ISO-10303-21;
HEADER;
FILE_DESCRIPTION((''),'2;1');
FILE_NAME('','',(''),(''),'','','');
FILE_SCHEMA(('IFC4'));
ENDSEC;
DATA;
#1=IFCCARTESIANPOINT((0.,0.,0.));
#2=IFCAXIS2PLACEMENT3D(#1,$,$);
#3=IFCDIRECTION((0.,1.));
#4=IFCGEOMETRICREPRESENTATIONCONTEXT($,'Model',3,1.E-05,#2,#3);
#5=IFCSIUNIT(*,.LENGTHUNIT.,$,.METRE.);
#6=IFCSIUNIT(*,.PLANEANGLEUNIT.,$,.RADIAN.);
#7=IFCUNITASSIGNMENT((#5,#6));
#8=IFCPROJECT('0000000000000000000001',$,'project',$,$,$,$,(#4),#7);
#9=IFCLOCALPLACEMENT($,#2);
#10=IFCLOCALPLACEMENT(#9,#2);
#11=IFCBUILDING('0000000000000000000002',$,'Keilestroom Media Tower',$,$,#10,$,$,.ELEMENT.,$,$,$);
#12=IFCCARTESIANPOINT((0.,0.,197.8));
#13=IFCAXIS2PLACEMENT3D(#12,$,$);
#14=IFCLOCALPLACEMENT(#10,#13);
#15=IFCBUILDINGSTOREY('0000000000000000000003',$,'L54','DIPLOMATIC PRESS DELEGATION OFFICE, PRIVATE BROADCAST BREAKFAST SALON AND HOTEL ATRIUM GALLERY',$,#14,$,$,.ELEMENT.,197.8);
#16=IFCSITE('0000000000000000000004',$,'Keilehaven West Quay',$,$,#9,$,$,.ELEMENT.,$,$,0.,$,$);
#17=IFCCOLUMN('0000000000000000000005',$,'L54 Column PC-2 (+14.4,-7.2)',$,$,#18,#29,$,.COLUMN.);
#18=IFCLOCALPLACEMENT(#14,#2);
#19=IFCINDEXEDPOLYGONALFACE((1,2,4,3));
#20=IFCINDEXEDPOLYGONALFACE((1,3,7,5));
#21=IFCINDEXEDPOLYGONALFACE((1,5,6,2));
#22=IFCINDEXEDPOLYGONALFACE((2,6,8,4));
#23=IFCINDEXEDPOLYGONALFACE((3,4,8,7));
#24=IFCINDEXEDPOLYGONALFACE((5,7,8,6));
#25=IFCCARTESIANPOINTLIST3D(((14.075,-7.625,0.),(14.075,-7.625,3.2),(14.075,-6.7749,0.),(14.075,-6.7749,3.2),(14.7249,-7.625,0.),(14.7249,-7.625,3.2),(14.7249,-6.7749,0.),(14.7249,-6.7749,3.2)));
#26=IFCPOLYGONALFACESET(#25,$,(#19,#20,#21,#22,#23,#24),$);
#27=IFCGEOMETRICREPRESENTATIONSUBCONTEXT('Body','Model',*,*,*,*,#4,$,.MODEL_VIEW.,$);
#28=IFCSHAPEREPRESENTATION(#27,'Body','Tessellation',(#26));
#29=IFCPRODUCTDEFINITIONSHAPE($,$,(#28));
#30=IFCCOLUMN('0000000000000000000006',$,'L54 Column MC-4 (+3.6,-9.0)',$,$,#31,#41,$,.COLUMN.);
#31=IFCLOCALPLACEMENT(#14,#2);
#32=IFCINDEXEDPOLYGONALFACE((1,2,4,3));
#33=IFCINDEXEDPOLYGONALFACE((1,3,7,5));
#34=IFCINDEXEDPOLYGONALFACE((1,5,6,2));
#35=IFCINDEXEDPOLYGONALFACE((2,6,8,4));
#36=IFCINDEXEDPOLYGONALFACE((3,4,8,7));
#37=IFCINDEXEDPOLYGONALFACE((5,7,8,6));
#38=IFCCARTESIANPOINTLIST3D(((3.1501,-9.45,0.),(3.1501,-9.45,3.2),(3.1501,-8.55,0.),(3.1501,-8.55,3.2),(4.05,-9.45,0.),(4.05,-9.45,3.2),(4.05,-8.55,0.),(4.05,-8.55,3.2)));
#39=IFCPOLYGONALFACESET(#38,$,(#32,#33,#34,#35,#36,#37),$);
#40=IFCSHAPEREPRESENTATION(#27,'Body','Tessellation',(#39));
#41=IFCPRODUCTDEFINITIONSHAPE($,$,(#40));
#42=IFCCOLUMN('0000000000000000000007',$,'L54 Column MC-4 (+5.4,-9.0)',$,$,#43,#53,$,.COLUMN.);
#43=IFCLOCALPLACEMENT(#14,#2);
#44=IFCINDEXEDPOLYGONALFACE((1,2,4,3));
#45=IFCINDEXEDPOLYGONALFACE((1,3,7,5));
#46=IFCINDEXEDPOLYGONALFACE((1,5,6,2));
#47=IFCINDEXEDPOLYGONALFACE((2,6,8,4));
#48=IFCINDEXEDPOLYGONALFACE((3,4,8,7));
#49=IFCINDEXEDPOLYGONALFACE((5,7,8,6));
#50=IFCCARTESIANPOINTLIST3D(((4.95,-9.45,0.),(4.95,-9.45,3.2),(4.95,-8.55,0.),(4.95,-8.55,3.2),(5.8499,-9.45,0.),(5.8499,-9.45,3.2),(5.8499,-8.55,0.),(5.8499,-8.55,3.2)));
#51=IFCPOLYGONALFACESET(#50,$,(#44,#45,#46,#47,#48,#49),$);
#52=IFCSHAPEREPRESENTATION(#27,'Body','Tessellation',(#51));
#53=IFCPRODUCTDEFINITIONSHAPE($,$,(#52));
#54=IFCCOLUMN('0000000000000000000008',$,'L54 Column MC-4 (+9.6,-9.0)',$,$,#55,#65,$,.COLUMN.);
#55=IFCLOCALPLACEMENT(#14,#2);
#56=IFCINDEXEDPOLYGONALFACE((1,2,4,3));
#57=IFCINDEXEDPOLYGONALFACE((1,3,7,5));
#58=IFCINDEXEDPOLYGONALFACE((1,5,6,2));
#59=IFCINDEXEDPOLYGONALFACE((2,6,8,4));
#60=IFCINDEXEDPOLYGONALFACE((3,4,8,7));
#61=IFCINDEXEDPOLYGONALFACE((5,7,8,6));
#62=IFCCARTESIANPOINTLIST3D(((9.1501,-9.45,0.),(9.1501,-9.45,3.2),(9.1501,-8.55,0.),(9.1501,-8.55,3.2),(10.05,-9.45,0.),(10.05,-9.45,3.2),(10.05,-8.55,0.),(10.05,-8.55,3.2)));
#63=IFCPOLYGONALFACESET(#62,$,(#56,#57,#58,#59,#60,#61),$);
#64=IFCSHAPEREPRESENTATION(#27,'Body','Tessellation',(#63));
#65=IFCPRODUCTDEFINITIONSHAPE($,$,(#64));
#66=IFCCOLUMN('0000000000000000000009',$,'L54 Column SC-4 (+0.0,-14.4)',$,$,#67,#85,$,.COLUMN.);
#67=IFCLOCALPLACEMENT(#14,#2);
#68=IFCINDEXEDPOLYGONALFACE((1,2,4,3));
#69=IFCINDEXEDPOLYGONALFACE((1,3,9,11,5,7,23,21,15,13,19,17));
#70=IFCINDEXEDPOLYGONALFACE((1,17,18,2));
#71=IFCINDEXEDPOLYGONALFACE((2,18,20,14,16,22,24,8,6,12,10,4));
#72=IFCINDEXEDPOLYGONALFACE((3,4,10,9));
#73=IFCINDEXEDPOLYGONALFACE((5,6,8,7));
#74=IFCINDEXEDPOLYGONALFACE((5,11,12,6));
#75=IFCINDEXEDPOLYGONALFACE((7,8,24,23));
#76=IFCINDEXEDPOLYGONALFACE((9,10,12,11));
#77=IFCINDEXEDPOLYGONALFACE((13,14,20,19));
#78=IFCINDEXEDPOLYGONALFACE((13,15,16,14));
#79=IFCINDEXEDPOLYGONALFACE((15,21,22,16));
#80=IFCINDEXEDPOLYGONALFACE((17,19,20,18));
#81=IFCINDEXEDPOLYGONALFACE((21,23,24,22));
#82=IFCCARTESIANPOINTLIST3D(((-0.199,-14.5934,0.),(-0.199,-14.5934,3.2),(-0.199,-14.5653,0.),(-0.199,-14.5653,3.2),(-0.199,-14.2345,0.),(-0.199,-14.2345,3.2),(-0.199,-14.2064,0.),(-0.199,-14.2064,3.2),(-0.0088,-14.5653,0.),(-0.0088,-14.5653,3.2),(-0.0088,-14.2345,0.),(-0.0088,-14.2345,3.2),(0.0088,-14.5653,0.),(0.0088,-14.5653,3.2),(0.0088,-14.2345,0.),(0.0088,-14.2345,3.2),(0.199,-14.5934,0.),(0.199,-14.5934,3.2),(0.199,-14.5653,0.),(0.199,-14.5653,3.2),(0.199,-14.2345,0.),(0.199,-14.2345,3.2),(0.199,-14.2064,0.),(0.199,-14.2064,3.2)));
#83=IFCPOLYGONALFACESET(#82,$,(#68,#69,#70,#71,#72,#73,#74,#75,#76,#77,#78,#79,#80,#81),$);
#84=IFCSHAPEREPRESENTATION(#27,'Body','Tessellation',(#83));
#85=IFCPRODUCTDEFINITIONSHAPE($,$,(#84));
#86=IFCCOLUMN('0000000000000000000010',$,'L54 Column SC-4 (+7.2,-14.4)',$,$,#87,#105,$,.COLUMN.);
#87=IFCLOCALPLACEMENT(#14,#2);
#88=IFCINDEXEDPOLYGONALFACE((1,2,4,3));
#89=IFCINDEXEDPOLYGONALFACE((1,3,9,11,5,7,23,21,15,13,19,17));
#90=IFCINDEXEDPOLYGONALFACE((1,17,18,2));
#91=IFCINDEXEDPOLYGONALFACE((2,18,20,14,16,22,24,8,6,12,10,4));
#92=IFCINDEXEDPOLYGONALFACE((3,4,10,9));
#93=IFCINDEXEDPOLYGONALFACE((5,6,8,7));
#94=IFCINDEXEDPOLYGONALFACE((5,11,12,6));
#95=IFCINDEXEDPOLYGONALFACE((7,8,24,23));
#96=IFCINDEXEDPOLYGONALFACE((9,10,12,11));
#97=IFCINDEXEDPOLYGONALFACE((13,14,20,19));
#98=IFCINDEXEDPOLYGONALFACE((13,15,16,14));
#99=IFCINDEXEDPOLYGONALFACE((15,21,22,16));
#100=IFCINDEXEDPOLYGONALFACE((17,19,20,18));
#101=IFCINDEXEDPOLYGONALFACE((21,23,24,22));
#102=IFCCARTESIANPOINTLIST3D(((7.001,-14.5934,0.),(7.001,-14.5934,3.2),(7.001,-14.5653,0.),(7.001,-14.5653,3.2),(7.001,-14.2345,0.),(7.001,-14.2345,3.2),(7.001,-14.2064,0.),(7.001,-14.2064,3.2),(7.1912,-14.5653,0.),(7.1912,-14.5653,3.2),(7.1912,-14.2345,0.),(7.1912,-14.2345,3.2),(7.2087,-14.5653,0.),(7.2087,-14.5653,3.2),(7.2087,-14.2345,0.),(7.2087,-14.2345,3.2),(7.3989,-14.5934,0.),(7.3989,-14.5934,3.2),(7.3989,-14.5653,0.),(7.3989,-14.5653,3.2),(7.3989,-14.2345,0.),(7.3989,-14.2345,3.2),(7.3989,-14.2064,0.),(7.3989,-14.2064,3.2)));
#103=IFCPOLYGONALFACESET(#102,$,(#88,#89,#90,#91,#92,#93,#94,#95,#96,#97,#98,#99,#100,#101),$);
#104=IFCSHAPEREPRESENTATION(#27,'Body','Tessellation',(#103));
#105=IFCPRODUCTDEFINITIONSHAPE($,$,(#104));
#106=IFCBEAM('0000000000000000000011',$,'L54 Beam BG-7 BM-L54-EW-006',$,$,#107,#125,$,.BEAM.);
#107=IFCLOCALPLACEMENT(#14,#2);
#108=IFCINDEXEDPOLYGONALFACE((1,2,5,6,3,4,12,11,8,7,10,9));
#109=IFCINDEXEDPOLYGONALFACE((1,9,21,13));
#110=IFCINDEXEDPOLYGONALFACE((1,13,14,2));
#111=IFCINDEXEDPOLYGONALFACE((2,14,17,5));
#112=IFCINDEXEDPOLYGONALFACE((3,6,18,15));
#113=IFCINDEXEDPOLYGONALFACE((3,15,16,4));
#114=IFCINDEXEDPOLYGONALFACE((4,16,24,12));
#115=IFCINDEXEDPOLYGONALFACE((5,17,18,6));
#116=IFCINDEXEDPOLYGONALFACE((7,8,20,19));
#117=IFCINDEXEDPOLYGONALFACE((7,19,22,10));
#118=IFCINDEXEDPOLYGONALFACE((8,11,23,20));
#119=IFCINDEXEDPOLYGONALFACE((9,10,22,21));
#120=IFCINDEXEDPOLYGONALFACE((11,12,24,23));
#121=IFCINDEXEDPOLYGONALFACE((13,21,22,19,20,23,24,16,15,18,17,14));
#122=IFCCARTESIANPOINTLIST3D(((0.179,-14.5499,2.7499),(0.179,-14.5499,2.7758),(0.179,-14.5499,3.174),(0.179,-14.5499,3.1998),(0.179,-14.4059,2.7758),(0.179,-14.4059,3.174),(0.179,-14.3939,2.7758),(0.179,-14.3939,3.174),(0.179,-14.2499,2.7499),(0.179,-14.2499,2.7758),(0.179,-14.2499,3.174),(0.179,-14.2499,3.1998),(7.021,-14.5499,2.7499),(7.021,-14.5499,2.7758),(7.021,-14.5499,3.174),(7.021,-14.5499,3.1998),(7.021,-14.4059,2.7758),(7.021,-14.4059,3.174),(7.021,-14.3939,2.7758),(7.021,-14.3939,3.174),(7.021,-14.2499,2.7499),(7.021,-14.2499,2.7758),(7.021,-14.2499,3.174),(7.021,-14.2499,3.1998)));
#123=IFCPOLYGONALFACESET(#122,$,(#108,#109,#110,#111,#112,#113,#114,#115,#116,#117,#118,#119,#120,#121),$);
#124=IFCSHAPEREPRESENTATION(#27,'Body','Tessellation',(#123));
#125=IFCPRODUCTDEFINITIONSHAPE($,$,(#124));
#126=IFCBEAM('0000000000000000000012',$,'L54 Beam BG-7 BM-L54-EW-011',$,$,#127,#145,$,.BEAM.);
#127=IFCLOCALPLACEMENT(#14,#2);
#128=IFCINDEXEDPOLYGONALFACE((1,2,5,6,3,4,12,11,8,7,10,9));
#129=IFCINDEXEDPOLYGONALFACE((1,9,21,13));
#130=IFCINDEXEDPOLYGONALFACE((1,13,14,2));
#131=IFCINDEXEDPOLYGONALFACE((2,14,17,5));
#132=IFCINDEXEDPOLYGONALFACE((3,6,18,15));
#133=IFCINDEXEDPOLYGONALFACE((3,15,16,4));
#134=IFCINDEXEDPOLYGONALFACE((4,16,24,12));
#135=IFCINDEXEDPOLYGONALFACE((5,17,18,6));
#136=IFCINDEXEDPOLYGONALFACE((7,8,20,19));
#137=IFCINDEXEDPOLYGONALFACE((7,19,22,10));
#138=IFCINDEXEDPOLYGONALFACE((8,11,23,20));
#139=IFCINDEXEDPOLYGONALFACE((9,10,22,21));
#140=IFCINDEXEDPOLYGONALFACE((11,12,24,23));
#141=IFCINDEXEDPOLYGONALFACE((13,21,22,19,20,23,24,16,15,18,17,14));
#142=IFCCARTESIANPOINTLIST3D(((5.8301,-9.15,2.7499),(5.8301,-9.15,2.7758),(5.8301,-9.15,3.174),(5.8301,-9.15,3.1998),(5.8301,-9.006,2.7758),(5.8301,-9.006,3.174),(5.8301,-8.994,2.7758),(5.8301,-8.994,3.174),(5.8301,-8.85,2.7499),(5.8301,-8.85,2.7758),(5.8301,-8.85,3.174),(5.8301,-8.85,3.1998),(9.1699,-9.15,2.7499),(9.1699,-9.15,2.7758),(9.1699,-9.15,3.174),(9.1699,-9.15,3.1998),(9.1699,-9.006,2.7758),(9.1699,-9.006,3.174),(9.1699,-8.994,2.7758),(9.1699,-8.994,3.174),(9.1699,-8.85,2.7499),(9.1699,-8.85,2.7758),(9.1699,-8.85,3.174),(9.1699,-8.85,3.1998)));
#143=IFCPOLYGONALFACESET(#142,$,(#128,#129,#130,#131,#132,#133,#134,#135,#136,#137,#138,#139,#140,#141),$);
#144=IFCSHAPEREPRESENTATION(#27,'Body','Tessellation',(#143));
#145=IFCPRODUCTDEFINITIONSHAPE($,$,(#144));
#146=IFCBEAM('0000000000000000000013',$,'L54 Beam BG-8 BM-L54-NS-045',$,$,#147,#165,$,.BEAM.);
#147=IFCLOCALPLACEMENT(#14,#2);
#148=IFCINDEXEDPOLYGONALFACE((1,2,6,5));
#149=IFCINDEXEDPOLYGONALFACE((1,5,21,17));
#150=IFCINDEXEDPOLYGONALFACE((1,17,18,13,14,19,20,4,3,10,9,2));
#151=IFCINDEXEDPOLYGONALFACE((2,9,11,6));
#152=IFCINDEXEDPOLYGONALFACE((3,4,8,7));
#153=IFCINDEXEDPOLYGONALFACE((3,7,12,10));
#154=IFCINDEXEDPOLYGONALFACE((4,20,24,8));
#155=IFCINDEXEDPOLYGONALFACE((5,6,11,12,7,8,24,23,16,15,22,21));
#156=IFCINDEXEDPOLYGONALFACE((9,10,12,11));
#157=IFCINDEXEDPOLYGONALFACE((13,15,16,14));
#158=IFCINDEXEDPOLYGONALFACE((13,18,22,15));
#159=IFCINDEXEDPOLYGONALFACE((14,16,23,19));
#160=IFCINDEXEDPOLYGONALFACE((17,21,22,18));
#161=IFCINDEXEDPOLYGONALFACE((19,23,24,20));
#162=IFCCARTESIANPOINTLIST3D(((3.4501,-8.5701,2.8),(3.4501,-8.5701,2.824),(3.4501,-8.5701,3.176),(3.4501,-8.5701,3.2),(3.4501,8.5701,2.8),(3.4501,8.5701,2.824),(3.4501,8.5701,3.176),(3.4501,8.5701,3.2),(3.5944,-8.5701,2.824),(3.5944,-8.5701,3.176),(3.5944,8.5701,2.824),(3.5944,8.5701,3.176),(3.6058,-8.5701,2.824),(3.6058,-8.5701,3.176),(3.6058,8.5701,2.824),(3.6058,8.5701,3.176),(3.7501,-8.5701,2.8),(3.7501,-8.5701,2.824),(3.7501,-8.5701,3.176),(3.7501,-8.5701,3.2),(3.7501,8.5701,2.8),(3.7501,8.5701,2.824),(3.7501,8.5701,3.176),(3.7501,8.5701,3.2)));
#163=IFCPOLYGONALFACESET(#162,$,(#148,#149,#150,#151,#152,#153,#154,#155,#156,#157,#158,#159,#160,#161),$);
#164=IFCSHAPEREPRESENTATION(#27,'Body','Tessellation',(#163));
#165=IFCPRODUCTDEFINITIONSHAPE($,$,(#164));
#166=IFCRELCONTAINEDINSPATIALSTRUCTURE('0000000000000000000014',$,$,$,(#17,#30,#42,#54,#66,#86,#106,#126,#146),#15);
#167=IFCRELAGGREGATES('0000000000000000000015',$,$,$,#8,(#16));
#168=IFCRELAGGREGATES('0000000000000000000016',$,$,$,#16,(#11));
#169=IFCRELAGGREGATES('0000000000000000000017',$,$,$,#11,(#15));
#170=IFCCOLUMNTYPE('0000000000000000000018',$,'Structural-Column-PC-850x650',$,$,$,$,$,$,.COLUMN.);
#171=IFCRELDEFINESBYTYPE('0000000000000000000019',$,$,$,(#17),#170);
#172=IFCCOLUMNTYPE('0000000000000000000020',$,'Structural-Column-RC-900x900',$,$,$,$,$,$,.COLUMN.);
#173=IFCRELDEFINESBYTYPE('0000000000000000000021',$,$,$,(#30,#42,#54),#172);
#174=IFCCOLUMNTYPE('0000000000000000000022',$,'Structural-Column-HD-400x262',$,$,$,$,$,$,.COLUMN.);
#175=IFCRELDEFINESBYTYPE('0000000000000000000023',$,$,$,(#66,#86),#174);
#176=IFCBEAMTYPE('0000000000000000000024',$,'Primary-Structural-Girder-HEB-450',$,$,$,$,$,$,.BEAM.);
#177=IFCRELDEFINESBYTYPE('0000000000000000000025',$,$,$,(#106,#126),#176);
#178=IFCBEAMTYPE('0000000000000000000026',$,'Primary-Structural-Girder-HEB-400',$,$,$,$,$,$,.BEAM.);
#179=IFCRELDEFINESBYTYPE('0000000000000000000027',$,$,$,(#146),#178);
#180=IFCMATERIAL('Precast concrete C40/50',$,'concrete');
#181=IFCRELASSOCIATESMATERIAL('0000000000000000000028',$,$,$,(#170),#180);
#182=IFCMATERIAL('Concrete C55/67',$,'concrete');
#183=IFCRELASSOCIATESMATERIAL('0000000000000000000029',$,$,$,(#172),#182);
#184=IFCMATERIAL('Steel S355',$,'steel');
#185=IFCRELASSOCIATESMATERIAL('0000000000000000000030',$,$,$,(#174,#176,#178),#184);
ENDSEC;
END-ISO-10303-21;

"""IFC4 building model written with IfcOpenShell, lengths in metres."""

from ifc_helpers import new_model, si_unit, direction, frame, origin, origin_2d, place, context, subcontext, project, spatial, rectangle, i_section, extrude, source, transform, mapped, material, material_profile, profile_set, type_object, element, save


model = new_model("IFC4")

# Units and contexts
model_context = context("Model", 3, precision=1e-05, world=origin(), true_north=direction((0.0, 1.0)))
body_context = subcontext(model_context, "Body", "Model", "MODEL_VIEW")
ifc_project = project(units=[si_unit("LENGTHUNIT", "METRE"), si_unit("PLANEANGLEUNIT", "RADIAN")], contexts=[model_context])

# Site, building, storey
site_placement = place(None, origin())
site = spatial("IfcSite", under=ifc_project, at=site_placement, Name="Keilehaven West Quay", CompositionType="ELEMENT", RefElevation=0.0)
building_placement = place(site_placement, origin())
building = spatial("IfcBuilding", under=site, at=building_placement, Name="Keilestroom Media Tower", CompositionType="ELEMENT")
storey_placement = place(building_placement, frame((0.0, 0.0, 197.8)))
storey = spatial("IfcBuildingStorey", under=building, at=storey_placement, Name="L54", Description="DIPLOMATIC PRESS DELEGATION OFFICE, PRIVATE BROADCAST BREAKFAST SALON AND HOTEL ATRIUM GALLERY", CompositionType="ELEMENT", Elevation=197.8)

# Columns
ifc_material_1 = material(Name="Precast concrete C40/50", Category="concrete")
ifc_material_profile_1 = material_profile(ifc_material_1, rectangle(XDim=0.6499, YDim=0.8501, at=origin_2d()), Name="PC 850x650")
ifc_profile_set_1 = profile_set([ifc_material_profile_1], Name="Precast concrete C40/50")
column_type_1 = type_object("IfcColumnType", Name="Structural-Column-PC-850x650", PredefinedType="COLUMN", material=ifc_profile_set_1)
shared_shape_1 = source(origin(), body_context, "Body", "SweptSolid", [
    extrude(rectangle(XDim=0.6499, YDim=0.8501, at=origin_2d()), origin(), (0.0, 0.0, 1.0), 3.2),
])
column_placement = place(storey_placement, frame((14.3999, -7.2, 0.0), z_axis=(0.0, 0.0, 1.0), x_axis=(1.0, 0.0, 0.0)))
element("IfcColumn", 1, at=column_placement, inside=storey, type_object=column_type_1, Name="L54 Column PC-2 (+14.4,-7.2)", PredefinedType="COLUMN", context=body_context, shape_type="MappedRepresentation", body=[
    mapped(shared_shape_1, transform((0.0, 0.0, 0.0), x_axis=(1.0, 0.0, 0.0), y_axis=(0.0, 1.0, 0.0), z_axis=(0.0, 0.0, 1.0), scale=1.0)),
])
ifc_material_2 = material(Name="Concrete C55/67", Category="concrete")
ifc_material_profile_2 = material_profile(ifc_material_2, rectangle(XDim=0.8999, YDim=0.8999, at=origin_2d()), Name="RC 900x900")
ifc_profile_set_2 = profile_set([ifc_material_profile_2], Name="Concrete C55/67")
column_type_2 = type_object("IfcColumnType", Name="Structural-Column-RC-900x900", PredefinedType="COLUMN", material=ifc_profile_set_2)
shared_shape_2 = source(origin(), body_context, "Body", "SweptSolid", [
    extrude(rectangle(XDim=0.8999, YDim=0.8999, at=origin_2d()), origin(), (0.0, 0.0, 1.0), 3.2),
])
for number, where, z_axis, x_axis, name in (
    (2, (3.6001, -9.0, 0.0), (0.0, 0.0, 1.0), (1.0, 0.0, 0.0), "L54 Column MC-4 (+3.6,-9.0)"),
    (3, (5.3999, -9.0, 0.0), (0.0, 0.0, 1.0), (1.0, 0.0, 0.0), "L54 Column MC-4 (+5.4,-9.0)"),
    (4, (9.6001, -9.0, 0.0), (0.0, 0.0, 1.0), (1.0, 0.0, 0.0), "L54 Column MC-4 (+9.6,-9.0)"),
):
    element("IfcColumn", number, at=place(storey_placement, frame(where, z_axis=z_axis, x_axis=x_axis)), inside=storey, type_object=column_type_2, Name=name, PredefinedType="COLUMN", context=body_context, shape_type="MappedRepresentation", body=[
        mapped(shared_shape_2, transform((0.0, 0.0, 0.0), x_axis=(1.0, 0.0, 0.0), y_axis=(0.0, 1.0, 0.0), z_axis=(0.0, 0.0, 1.0), scale=1.0)),
    ])
ifc_material_3 = material(Name="Steel S355", Category="steel")
ifc_material_profile_3 = material_profile(ifc_material_3, i_section(OverallWidth=0.3979, OverallDepth=0.387, WebThickness=0.0176, FlangeThickness=0.0281, at=origin_2d()), Name="HD 400x262")
ifc_profile_set_3 = profile_set([ifc_material_profile_3], Name="Steel S355")
column_type_3 = type_object("IfcColumnType", Name="Structural-Column-HD-400x262", PredefinedType="COLUMN", material=ifc_profile_set_3)
shared_shape_3 = source(origin(), body_context, "Body", "SweptSolid", [
    extrude(i_section(OverallWidth=0.3979, OverallDepth=0.387, WebThickness=0.0176, FlangeThickness=0.0281, at=origin_2d()), origin(), (0.0, 0.0, 1.0), 3.2),
])
for number, where, z_axis, x_axis, name in (
    (5, (0.0, -14.3999, 0.0), (0.0, 0.0, 1.0), (1.0, 0.0, 0.0), "L54 Column SC-4 (+0.0,-14.4)"),
    (6, (7.2, -14.3999, 0.0), (0.0, 0.0, 1.0), (1.0, 0.0, 0.0), "L54 Column SC-4 (+7.2,-14.4)"),
):
    element("IfcColumn", number, at=place(storey_placement, frame(where, z_axis=z_axis, x_axis=x_axis)), inside=storey, type_object=column_type_3, Name=name, PredefinedType="COLUMN", context=body_context, shape_type="MappedRepresentation", body=[
        mapped(shared_shape_3, transform((0.0, 0.0, 0.0), x_axis=(1.0, 0.0, 0.0), y_axis=(0.0, 1.0, 0.0), z_axis=(0.0, 0.0, 1.0), scale=1.0)),
    ])

# Beams
ifc_material_profile_4 = material_profile(ifc_material_3, i_section(OverallWidth=0.3, OverallDepth=0.45, WebThickness=0.012, FlangeThickness=0.0259, at=origin_2d()), Name="HEB 450")
ifc_profile_set_4 = profile_set([ifc_material_profile_4], Name="Steel S355")
beam_type_1 = type_object("IfcBeamType", Name="Primary-Structural-Girder-HEB-450", PredefinedType="BEAM", material=ifc_profile_set_4)
shared_shape_4 = source(origin(), body_context, "Body", "SweptSolid", [
    extrude(i_section(OverallWidth=0.3, OverallDepth=0.45, WebThickness=0.012, FlangeThickness=0.0259, at=origin_2d()), origin(), (0.0, 0.0, 1.0), 6.842),
])
beam_1_placement = place(storey_placement, frame((0.179, -14.3999, 2.9749), z_axis=(1.0, 0.0, 0.0), x_axis=(0.0, 1.0, 0.0)))
element("IfcBeam", 7, at=beam_1_placement, inside=storey, type_object=beam_type_1, Name="L54 Beam BG-7 BM-L54-EW-006", PredefinedType="BEAM", context=body_context, shape_type="MappedRepresentation", body=[
    mapped(shared_shape_4, transform((0.0, 0.0, 0.0), x_axis=(1.0, 0.0, 0.0), y_axis=(0.0, 1.0, 0.0), z_axis=(0.0, 0.0, 1.0), scale=1.0)),
])
shared_shape_5 = source(origin(), body_context, "Body", "SweptSolid", [
    extrude(i_section(OverallWidth=0.3, OverallDepth=0.45, WebThickness=0.012, FlangeThickness=0.0259, at=origin_2d()), origin(), (0.0, 0.0, 1.0), 3.3398),
])
beam_2_placement = place(storey_placement, frame((5.8301, -9.0, 2.9749), z_axis=(1.0, 0.0, 0.0), x_axis=(0.0, 1.0, 0.0)))
element("IfcBeam", 8, at=beam_2_placement, inside=storey, type_object=beam_type_1, Name="L54 Beam BG-7 BM-L54-EW-011", PredefinedType="BEAM", context=body_context, shape_type="MappedRepresentation", body=[
    mapped(shared_shape_5, transform((0.0, 0.0, 0.0), x_axis=(1.0, 0.0, 0.0), y_axis=(0.0, 1.0, 0.0), z_axis=(0.0, 0.0, 1.0), scale=1.0)),
])
ifc_material_profile_5 = material_profile(ifc_material_3, i_section(OverallWidth=0.3, OverallDepth=0.3999, WebThickness=0.0115, FlangeThickness=0.0239, at=origin_2d()), Name="HEB 400")
ifc_profile_set_5 = profile_set([ifc_material_profile_5], Name="Steel S355")
beam_type_2 = type_object("IfcBeamType", Name="Primary-Structural-Girder-HEB-400", PredefinedType="BEAM", material=ifc_profile_set_5)
shared_shape_6 = source(origin(), body_context, "Body", "SweptSolid", [
    extrude(i_section(OverallWidth=0.3, OverallDepth=0.3999, WebThickness=0.0115, FlangeThickness=0.0239, at=origin_2d()), origin(), (0.0, 0.0, 1.0), 17.1401),
])
beam_3_placement = place(storey_placement, frame((3.6001, -8.5701, 3.0), z_axis=(0.0, 1.0, 0.0), x_axis=(-1.0, 0.0, 0.0)))
element("IfcBeam", 9, at=beam_3_placement, inside=storey, type_object=beam_type_2, Name="L54 Beam BG-8 BM-L54-NS-045", PredefinedType="BEAM", context=body_context, shape_type="MappedRepresentation", body=[
    mapped(shared_shape_6, transform((0.0, 0.0, 0.0), x_axis=(1.0, 0.0, 0.0), y_axis=(0.0, 1.0, 0.0), z_axis=(0.0, 0.0, 1.0), scale=1.0)),
])

save(model, "model.ifc")
